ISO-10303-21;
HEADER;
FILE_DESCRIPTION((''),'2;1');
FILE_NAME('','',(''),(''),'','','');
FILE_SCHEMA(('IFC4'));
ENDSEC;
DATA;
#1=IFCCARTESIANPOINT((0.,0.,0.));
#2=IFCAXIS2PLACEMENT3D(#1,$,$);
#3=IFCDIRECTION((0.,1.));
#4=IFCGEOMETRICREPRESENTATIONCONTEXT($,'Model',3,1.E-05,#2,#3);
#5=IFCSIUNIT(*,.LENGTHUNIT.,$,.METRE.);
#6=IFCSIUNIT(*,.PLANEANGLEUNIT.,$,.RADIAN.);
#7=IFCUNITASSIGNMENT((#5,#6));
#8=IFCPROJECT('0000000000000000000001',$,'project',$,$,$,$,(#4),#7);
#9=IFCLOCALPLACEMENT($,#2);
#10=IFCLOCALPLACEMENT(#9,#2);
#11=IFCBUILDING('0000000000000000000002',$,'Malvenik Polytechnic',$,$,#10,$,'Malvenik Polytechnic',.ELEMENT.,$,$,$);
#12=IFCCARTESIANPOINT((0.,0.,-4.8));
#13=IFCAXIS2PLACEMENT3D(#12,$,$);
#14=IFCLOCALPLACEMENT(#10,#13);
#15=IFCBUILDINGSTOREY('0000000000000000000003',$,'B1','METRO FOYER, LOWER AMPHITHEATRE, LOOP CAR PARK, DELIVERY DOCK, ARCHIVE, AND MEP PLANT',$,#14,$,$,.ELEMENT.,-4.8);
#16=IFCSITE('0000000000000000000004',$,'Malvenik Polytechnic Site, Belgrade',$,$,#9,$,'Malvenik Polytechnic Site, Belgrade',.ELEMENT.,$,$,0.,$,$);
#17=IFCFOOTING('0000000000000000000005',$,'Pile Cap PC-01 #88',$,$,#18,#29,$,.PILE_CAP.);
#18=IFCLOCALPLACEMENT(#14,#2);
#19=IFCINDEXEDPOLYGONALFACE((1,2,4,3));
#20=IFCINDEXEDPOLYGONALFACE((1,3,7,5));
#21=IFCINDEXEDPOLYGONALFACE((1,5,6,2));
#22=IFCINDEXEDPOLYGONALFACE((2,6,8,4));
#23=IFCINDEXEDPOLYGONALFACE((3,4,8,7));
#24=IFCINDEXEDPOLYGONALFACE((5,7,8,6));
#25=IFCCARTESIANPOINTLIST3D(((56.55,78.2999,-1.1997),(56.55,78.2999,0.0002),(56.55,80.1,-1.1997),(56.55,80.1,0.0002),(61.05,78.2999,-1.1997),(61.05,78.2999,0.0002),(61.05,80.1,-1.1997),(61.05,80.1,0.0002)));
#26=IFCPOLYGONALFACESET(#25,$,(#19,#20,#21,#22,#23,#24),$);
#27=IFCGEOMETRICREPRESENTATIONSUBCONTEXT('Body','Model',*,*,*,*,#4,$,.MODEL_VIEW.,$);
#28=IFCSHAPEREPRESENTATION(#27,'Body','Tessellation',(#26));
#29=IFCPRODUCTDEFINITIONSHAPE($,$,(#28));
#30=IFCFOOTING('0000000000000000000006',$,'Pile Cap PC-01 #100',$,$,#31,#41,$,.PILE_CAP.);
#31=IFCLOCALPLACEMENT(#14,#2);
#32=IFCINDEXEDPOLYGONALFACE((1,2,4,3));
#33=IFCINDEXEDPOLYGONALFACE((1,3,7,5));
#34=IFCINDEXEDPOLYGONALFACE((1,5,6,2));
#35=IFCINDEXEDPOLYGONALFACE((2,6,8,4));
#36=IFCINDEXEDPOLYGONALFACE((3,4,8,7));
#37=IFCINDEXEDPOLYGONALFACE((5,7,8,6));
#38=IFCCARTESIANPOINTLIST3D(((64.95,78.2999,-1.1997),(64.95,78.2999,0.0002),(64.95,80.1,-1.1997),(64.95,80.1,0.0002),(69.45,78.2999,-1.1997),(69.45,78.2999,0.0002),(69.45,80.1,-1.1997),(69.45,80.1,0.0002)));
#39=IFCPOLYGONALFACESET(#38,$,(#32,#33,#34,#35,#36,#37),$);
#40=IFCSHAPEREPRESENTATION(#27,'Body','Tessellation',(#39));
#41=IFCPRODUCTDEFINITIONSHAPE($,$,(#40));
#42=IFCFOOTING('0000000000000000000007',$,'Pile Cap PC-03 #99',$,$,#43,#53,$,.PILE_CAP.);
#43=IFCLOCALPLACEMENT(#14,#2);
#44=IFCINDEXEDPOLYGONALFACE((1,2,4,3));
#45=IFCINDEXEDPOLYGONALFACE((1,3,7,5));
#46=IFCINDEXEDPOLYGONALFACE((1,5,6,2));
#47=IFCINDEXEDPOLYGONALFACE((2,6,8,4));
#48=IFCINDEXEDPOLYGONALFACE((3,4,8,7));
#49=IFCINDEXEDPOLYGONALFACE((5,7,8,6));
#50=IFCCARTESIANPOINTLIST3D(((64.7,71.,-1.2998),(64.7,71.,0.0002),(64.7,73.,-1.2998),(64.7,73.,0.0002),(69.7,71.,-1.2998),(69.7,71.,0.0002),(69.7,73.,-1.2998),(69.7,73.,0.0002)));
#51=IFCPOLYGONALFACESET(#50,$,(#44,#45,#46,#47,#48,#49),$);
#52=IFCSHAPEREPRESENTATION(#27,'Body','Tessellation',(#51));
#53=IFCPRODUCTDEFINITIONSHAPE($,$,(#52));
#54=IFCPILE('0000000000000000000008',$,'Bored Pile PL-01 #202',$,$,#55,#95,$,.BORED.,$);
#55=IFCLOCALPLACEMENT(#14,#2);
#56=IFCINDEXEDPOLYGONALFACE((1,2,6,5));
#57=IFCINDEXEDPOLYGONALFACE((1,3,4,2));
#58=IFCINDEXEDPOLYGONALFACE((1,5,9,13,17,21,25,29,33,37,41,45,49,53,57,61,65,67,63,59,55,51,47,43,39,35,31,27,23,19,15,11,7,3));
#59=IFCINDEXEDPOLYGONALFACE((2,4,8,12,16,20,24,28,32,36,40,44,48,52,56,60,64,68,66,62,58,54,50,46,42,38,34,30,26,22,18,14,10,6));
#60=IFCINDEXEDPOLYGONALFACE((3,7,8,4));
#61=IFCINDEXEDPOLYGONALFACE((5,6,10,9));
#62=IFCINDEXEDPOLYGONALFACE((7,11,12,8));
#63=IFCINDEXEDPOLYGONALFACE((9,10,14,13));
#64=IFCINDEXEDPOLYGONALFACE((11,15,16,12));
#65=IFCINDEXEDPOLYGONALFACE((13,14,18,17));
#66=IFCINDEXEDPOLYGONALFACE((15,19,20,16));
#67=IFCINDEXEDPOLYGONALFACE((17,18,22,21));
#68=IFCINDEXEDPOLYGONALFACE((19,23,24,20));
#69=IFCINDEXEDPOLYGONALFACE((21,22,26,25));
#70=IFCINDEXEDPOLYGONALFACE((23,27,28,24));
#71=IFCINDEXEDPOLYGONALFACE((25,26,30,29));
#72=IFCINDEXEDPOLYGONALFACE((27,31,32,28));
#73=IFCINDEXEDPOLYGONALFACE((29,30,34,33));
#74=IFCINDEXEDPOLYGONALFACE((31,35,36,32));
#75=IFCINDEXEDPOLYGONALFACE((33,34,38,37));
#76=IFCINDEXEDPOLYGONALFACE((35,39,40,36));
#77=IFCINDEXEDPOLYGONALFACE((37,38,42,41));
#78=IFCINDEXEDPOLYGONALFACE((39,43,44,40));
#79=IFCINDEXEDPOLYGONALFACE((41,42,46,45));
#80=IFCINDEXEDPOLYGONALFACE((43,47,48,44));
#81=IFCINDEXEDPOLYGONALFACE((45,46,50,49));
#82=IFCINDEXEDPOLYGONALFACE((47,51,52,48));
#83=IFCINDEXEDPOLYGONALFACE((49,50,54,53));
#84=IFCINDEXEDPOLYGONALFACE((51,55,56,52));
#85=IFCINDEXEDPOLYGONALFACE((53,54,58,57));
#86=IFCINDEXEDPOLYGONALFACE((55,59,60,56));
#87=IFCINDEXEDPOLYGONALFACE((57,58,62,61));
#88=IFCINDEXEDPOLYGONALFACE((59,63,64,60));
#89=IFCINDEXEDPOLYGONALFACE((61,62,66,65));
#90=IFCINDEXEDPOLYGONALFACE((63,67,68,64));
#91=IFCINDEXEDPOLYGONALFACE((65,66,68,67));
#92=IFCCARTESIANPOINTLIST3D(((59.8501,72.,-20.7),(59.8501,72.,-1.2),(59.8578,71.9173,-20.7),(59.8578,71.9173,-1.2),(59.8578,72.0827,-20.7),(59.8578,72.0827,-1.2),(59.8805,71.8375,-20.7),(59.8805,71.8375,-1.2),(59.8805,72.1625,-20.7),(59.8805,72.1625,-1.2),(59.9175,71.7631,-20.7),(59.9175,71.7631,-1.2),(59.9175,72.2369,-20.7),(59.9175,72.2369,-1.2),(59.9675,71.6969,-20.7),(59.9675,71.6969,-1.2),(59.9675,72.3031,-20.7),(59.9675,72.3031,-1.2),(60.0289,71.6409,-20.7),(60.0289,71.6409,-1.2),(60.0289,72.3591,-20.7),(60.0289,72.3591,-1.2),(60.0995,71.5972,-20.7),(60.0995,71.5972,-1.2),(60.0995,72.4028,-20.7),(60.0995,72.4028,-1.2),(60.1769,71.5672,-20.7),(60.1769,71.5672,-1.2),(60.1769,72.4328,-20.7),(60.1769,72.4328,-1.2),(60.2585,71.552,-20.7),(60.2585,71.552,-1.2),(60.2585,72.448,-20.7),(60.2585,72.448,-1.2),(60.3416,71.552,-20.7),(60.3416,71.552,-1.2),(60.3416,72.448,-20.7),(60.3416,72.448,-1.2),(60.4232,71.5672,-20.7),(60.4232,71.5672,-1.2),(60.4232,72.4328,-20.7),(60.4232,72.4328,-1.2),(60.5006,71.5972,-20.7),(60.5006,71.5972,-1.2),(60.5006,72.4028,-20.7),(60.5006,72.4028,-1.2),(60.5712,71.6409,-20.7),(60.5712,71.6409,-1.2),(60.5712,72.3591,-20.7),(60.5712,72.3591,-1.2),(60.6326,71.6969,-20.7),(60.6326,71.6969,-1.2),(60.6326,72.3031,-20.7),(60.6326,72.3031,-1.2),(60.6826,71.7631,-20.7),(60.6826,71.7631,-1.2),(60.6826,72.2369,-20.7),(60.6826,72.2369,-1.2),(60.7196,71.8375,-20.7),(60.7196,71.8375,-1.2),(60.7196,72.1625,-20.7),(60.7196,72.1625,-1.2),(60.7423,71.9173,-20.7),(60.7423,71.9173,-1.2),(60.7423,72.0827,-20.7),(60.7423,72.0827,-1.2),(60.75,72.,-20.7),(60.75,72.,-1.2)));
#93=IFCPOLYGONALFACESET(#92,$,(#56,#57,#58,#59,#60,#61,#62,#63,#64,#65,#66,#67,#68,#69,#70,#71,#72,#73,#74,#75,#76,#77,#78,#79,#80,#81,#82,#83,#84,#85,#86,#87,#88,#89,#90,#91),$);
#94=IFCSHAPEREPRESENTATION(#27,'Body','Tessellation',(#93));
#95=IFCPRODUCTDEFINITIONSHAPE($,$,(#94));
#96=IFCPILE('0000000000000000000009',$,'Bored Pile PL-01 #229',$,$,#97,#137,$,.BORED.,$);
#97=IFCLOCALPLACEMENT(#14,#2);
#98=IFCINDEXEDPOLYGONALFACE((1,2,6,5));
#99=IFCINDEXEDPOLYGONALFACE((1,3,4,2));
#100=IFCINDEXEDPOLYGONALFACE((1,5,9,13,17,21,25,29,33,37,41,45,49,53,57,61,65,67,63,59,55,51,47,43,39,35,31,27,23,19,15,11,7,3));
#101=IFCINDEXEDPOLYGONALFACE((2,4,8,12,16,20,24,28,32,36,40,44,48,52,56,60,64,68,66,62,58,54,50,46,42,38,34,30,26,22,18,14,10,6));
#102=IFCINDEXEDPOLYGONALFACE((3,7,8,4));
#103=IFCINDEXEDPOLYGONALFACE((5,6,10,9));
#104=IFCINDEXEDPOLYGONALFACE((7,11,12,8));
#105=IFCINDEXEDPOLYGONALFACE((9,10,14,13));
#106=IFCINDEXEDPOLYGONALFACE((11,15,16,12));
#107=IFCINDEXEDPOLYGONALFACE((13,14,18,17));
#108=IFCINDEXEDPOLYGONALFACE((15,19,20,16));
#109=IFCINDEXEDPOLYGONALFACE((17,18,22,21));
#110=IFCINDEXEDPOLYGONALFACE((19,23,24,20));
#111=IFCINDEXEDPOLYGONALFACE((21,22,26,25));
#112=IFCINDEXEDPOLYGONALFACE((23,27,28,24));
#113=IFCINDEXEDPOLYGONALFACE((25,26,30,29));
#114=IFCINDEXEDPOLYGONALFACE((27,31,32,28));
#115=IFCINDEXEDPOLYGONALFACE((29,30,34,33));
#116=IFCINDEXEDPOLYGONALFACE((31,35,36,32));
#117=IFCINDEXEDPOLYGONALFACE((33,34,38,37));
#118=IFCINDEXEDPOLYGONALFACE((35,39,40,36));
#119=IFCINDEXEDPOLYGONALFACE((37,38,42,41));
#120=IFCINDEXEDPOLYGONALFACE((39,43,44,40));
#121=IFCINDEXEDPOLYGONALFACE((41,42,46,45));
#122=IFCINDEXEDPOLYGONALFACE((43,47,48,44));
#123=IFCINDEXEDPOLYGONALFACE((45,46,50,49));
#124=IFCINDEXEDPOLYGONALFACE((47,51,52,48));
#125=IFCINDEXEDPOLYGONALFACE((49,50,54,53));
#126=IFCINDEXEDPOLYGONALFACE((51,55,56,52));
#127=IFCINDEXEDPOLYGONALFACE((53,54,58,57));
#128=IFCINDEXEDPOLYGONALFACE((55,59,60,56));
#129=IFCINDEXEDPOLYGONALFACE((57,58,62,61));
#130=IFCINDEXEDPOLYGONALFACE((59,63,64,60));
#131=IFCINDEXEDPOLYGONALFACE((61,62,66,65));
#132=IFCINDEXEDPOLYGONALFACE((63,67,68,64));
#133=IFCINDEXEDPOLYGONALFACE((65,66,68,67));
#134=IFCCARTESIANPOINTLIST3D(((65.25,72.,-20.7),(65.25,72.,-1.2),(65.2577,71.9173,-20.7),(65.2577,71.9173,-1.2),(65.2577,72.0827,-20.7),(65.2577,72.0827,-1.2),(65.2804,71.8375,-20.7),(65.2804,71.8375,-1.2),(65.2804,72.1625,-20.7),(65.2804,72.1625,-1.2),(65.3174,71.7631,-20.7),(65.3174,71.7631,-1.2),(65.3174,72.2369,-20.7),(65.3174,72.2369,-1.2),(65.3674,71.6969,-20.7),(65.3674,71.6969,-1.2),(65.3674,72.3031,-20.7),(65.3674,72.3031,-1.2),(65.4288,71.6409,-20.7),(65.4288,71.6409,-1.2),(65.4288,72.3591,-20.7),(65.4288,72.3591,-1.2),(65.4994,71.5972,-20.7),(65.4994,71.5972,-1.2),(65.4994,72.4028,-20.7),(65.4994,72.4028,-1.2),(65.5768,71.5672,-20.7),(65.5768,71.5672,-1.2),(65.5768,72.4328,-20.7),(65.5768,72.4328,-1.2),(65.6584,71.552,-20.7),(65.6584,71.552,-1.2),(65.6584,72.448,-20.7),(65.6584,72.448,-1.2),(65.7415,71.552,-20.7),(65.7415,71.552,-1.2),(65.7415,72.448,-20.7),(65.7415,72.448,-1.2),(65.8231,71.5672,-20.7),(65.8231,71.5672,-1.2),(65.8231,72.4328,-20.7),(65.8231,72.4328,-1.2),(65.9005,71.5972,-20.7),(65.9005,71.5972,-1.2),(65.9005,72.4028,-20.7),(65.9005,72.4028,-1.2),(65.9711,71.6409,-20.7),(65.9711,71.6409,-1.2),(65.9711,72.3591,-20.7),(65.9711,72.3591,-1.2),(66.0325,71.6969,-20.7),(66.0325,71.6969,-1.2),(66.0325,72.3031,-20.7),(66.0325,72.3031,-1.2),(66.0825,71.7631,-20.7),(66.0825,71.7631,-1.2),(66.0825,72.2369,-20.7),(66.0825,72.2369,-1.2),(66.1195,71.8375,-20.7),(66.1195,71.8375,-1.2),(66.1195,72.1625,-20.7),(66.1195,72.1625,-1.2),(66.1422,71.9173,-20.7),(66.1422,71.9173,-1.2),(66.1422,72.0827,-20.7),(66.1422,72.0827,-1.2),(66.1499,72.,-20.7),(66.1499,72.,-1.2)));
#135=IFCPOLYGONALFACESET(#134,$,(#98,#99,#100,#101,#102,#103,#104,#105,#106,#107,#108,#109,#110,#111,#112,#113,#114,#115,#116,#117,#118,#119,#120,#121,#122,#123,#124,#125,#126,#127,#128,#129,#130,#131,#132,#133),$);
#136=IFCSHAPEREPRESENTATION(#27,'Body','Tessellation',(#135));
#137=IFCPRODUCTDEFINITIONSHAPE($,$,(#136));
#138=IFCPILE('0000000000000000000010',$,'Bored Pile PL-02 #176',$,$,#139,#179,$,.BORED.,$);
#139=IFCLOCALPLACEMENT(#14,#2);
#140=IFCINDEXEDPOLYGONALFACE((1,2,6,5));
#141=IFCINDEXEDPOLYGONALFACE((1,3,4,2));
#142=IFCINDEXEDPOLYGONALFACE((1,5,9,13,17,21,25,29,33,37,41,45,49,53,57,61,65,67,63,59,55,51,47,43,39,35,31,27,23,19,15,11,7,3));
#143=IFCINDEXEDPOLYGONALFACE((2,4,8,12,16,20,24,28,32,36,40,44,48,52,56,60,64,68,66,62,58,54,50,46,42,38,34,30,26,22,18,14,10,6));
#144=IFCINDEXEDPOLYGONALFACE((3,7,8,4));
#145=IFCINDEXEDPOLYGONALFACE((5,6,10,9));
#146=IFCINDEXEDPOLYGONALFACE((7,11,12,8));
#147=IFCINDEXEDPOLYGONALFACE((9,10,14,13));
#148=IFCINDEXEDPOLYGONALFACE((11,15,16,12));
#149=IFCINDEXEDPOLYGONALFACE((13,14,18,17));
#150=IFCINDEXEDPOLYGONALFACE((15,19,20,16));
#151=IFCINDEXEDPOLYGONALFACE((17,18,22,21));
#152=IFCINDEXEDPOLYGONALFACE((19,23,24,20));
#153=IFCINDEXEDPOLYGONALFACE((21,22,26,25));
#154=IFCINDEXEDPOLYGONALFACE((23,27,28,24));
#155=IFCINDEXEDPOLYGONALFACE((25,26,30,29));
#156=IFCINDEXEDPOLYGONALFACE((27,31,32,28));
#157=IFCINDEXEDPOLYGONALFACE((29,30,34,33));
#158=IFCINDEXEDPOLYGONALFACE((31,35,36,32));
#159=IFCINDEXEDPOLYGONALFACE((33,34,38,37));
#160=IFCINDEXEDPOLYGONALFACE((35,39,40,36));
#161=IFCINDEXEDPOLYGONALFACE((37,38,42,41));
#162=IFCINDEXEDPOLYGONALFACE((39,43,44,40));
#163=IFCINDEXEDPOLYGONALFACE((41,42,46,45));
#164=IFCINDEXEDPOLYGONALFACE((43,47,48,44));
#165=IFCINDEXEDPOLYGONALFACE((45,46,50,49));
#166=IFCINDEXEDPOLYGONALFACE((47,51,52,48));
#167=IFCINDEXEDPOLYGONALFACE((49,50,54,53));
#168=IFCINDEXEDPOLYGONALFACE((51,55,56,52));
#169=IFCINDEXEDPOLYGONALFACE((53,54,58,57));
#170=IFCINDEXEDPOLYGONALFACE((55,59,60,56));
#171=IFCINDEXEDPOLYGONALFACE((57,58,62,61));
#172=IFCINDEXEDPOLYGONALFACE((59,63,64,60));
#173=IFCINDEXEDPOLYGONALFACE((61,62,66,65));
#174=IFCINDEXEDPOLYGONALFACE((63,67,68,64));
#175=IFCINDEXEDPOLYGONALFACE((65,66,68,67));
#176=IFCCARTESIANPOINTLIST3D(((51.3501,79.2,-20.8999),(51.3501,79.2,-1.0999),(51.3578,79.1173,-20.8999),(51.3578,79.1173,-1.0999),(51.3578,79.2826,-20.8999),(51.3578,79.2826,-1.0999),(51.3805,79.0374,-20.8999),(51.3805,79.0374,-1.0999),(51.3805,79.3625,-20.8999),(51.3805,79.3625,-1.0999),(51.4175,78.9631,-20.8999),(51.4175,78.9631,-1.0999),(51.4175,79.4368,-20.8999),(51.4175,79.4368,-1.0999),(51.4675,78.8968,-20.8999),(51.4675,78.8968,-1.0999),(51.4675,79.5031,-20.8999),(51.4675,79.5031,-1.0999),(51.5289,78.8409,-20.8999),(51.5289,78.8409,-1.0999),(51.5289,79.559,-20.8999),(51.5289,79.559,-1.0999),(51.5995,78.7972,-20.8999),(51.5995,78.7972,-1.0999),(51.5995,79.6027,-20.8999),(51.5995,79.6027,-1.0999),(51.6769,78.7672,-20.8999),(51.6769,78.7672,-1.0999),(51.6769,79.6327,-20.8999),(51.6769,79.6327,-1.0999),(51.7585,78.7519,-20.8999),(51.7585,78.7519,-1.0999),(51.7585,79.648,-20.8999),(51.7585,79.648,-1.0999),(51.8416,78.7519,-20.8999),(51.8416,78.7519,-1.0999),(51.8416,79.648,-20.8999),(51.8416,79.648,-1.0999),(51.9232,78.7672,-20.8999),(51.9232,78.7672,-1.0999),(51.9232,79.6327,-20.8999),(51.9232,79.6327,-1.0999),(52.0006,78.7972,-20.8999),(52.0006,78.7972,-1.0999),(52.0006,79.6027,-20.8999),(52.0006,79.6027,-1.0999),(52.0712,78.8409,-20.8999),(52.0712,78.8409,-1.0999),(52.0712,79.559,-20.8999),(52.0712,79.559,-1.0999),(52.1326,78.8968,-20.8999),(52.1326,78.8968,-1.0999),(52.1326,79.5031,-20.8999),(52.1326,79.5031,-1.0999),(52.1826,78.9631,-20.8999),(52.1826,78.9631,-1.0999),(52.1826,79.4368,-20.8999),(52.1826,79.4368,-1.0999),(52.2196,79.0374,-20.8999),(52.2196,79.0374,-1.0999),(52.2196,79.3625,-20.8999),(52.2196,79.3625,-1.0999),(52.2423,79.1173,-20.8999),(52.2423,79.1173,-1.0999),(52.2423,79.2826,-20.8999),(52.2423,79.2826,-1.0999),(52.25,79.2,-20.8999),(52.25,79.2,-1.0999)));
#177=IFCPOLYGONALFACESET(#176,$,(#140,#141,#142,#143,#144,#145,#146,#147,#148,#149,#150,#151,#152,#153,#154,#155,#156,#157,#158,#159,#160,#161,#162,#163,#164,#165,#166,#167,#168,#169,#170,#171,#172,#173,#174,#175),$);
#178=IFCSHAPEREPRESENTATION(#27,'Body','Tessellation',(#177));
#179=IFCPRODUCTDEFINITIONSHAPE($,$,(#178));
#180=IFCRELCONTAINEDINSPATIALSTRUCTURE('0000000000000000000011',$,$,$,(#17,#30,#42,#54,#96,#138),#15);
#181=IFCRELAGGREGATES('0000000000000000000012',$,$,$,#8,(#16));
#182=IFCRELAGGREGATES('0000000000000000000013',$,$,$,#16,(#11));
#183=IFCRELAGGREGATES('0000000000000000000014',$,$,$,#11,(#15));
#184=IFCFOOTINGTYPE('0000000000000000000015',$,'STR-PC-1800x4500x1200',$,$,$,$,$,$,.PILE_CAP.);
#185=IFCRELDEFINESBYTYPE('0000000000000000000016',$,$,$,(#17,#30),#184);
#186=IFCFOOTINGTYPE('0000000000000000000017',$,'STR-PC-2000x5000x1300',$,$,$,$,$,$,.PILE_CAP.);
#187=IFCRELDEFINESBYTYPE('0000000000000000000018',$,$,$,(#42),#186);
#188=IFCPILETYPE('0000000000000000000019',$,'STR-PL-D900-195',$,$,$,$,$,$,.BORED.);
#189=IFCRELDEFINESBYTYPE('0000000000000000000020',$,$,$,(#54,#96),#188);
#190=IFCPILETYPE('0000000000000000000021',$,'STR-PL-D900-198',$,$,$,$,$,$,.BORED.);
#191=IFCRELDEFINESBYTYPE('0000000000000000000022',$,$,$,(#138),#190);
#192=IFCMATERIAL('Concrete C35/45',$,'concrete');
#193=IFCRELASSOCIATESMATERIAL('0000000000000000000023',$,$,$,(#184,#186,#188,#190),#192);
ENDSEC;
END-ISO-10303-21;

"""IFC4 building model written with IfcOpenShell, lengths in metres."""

from ifc_helpers import new_model, si_unit, direction, frame, origin, origin_2d, place, context, subcontext, project, spatial, rectangle, circle, extrude, material, material_profile, profile_set, type_object, element, save


model = new_model("IFC4")

# Units and contexts
model_context = context("Model", 3, precision=1e-05, world=origin(), true_north=direction((0.0, 1.0)))
body_context = subcontext(model_context, "Body", "Model", "MODEL_VIEW")
ifc_project = project(units=[si_unit("LENGTHUNIT", "METRE"), si_unit("PLANEANGLEUNIT", "RADIAN")], contexts=[model_context])

# Site, building, storey
site_placement = place(None, origin())
site = spatial("IfcSite", under=ifc_project, at=site_placement, Name="Malvenik Polytechnic Site, Belgrade", LongName="Malvenik Polytechnic Site, Belgrade", CompositionType="ELEMENT", RefElevation=0.0)
building_placement = place(site_placement, origin())
building = spatial("IfcBuilding", under=site, at=building_placement, Name="Malvenik Polytechnic", LongName="Malvenik Polytechnic", CompositionType="ELEMENT")
storey_placement = place(building_placement, frame((0.0, 0.0, -4.8)))
storey = spatial("IfcBuildingStorey", under=building, at=storey_placement, Name="B1", Description="METRO FOYER, LOWER AMPHITHEATRE, LOOP CAR PARK, DELIVERY DOCK, ARCHIVE, AND MEP PLANT", CompositionType="ELEMENT", Elevation=-4.8)

# Footings
ifc_material_1 = material(Name="Concrete C35/45", Category="concrete")
footing_type_1 = type_object("IfcFootingType", Name="STR-PC-1800x4500x1200", PredefinedType="PILE_CAP", material=ifc_material_1)
for number, where, z_axis, x_axis, name in (
    (1, (58.8, 79.2, -1.1997), (0.0, 0.0, 1.0), (1.0, 0.0, 0.0), "Pile Cap PC-01 #88"),
    (2, (67.2, 79.2, -1.1997), (0.0, 0.0, 1.0), (1.0, 0.0, 0.0), "Pile Cap PC-01 #100"),
):
    element("IfcFooting", number, at=place(storey_placement, frame(where, z_axis=z_axis, x_axis=x_axis)), inside=storey, type_object=footing_type_1, Name=name, PredefinedType="PILE_CAP", context=body_context, shape_type="SweptSolid", body=[
        extrude(rectangle(XDim=4.5, YDim=1.8, at=origin_2d()), origin(), (0.0, 0.0, 1.0), 1.2),
    ])
footing_type_2 = type_object("IfcFootingType", Name="STR-PC-2000x5000x1300", PredefinedType="PILE_CAP", material=ifc_material_1)
footing_placement = place(storey_placement, frame((67.2, 72.0, -1.2998), z_axis=(0.0, 0.0, 1.0), x_axis=(1.0, 0.0, 0.0)))
element("IfcFooting", 3, at=footing_placement, inside=storey, type_object=footing_type_2, Name="Pile Cap PC-03 #99", PredefinedType="PILE_CAP", context=body_context, shape_type="SweptSolid", body=[
    extrude(rectangle(XDim=5.0, YDim=2.0, at=origin_2d()), origin(), (0.0, 0.0, 1.0), 1.3),
])

# Piles
ifc_material_profile_1 = material_profile(ifc_material_1, circle(Radius=0.45, at=origin_2d()), Name="BORED PILE D900")
ifc_profile_set_1 = profile_set([ifc_material_profile_1], Name="Concrete C35/45")
pile_type_1 = type_object("IfcPileType", Name="STR-PL-D900-195", PredefinedType="BORED", material=ifc_profile_set_1)
for number, where, z_axis, x_axis, name in (
    (4, (60.3, 72.0, -1.2), (0.0, 0.0, -1.0), (1.0, 0.0, 0.0), "Bored Pile PL-01 #202"),
    (5, (65.7, 72.0, -1.2), (0.0, 0.0, -1.0), (1.0, 0.0, 0.0), "Bored Pile PL-01 #229"),
):
    element("IfcPile", number, at=place(storey_placement, frame(where, z_axis=z_axis, x_axis=x_axis)), inside=storey, type_object=pile_type_1, Name=name, PredefinedType="BORED", context=body_context, shape_type="SweptSolid", body=[
        extrude(circle(Radius=0.45, at=origin_2d()), origin(), (0.0, 0.0, 1.0), 19.5),
    ])
ifc_material_profile_2 = material_profile(ifc_material_1, circle(Radius=0.45, at=origin_2d()), Name="BORED PILE D900")
ifc_profile_set_2 = profile_set([ifc_material_profile_2], Name="Concrete C35/45")
pile_type_2 = type_object("IfcPileType", Name="STR-PL-D900-198", PredefinedType="BORED", material=ifc_profile_set_2)
for number, where, z_axis, x_axis, name in (
    (6, (51.8, 79.2, -1.0999), (0.0, 0.0, -1.0), (1.0, 0.0, 0.0), "Bored Pile PL-02 #176"),
):
    element("IfcPile", number, at=place(storey_placement, frame(where, z_axis=z_axis, x_axis=x_axis)), inside=storey, type_object=pile_type_2, Name=name, PredefinedType="BORED", context=body_context, shape_type="SweptSolid", body=[
        extrude(circle(Radius=0.45, at=origin_2d()), origin(), (0.0, 0.0, 1.0), 19.8),
    ])

save(model, "model.ifc")
